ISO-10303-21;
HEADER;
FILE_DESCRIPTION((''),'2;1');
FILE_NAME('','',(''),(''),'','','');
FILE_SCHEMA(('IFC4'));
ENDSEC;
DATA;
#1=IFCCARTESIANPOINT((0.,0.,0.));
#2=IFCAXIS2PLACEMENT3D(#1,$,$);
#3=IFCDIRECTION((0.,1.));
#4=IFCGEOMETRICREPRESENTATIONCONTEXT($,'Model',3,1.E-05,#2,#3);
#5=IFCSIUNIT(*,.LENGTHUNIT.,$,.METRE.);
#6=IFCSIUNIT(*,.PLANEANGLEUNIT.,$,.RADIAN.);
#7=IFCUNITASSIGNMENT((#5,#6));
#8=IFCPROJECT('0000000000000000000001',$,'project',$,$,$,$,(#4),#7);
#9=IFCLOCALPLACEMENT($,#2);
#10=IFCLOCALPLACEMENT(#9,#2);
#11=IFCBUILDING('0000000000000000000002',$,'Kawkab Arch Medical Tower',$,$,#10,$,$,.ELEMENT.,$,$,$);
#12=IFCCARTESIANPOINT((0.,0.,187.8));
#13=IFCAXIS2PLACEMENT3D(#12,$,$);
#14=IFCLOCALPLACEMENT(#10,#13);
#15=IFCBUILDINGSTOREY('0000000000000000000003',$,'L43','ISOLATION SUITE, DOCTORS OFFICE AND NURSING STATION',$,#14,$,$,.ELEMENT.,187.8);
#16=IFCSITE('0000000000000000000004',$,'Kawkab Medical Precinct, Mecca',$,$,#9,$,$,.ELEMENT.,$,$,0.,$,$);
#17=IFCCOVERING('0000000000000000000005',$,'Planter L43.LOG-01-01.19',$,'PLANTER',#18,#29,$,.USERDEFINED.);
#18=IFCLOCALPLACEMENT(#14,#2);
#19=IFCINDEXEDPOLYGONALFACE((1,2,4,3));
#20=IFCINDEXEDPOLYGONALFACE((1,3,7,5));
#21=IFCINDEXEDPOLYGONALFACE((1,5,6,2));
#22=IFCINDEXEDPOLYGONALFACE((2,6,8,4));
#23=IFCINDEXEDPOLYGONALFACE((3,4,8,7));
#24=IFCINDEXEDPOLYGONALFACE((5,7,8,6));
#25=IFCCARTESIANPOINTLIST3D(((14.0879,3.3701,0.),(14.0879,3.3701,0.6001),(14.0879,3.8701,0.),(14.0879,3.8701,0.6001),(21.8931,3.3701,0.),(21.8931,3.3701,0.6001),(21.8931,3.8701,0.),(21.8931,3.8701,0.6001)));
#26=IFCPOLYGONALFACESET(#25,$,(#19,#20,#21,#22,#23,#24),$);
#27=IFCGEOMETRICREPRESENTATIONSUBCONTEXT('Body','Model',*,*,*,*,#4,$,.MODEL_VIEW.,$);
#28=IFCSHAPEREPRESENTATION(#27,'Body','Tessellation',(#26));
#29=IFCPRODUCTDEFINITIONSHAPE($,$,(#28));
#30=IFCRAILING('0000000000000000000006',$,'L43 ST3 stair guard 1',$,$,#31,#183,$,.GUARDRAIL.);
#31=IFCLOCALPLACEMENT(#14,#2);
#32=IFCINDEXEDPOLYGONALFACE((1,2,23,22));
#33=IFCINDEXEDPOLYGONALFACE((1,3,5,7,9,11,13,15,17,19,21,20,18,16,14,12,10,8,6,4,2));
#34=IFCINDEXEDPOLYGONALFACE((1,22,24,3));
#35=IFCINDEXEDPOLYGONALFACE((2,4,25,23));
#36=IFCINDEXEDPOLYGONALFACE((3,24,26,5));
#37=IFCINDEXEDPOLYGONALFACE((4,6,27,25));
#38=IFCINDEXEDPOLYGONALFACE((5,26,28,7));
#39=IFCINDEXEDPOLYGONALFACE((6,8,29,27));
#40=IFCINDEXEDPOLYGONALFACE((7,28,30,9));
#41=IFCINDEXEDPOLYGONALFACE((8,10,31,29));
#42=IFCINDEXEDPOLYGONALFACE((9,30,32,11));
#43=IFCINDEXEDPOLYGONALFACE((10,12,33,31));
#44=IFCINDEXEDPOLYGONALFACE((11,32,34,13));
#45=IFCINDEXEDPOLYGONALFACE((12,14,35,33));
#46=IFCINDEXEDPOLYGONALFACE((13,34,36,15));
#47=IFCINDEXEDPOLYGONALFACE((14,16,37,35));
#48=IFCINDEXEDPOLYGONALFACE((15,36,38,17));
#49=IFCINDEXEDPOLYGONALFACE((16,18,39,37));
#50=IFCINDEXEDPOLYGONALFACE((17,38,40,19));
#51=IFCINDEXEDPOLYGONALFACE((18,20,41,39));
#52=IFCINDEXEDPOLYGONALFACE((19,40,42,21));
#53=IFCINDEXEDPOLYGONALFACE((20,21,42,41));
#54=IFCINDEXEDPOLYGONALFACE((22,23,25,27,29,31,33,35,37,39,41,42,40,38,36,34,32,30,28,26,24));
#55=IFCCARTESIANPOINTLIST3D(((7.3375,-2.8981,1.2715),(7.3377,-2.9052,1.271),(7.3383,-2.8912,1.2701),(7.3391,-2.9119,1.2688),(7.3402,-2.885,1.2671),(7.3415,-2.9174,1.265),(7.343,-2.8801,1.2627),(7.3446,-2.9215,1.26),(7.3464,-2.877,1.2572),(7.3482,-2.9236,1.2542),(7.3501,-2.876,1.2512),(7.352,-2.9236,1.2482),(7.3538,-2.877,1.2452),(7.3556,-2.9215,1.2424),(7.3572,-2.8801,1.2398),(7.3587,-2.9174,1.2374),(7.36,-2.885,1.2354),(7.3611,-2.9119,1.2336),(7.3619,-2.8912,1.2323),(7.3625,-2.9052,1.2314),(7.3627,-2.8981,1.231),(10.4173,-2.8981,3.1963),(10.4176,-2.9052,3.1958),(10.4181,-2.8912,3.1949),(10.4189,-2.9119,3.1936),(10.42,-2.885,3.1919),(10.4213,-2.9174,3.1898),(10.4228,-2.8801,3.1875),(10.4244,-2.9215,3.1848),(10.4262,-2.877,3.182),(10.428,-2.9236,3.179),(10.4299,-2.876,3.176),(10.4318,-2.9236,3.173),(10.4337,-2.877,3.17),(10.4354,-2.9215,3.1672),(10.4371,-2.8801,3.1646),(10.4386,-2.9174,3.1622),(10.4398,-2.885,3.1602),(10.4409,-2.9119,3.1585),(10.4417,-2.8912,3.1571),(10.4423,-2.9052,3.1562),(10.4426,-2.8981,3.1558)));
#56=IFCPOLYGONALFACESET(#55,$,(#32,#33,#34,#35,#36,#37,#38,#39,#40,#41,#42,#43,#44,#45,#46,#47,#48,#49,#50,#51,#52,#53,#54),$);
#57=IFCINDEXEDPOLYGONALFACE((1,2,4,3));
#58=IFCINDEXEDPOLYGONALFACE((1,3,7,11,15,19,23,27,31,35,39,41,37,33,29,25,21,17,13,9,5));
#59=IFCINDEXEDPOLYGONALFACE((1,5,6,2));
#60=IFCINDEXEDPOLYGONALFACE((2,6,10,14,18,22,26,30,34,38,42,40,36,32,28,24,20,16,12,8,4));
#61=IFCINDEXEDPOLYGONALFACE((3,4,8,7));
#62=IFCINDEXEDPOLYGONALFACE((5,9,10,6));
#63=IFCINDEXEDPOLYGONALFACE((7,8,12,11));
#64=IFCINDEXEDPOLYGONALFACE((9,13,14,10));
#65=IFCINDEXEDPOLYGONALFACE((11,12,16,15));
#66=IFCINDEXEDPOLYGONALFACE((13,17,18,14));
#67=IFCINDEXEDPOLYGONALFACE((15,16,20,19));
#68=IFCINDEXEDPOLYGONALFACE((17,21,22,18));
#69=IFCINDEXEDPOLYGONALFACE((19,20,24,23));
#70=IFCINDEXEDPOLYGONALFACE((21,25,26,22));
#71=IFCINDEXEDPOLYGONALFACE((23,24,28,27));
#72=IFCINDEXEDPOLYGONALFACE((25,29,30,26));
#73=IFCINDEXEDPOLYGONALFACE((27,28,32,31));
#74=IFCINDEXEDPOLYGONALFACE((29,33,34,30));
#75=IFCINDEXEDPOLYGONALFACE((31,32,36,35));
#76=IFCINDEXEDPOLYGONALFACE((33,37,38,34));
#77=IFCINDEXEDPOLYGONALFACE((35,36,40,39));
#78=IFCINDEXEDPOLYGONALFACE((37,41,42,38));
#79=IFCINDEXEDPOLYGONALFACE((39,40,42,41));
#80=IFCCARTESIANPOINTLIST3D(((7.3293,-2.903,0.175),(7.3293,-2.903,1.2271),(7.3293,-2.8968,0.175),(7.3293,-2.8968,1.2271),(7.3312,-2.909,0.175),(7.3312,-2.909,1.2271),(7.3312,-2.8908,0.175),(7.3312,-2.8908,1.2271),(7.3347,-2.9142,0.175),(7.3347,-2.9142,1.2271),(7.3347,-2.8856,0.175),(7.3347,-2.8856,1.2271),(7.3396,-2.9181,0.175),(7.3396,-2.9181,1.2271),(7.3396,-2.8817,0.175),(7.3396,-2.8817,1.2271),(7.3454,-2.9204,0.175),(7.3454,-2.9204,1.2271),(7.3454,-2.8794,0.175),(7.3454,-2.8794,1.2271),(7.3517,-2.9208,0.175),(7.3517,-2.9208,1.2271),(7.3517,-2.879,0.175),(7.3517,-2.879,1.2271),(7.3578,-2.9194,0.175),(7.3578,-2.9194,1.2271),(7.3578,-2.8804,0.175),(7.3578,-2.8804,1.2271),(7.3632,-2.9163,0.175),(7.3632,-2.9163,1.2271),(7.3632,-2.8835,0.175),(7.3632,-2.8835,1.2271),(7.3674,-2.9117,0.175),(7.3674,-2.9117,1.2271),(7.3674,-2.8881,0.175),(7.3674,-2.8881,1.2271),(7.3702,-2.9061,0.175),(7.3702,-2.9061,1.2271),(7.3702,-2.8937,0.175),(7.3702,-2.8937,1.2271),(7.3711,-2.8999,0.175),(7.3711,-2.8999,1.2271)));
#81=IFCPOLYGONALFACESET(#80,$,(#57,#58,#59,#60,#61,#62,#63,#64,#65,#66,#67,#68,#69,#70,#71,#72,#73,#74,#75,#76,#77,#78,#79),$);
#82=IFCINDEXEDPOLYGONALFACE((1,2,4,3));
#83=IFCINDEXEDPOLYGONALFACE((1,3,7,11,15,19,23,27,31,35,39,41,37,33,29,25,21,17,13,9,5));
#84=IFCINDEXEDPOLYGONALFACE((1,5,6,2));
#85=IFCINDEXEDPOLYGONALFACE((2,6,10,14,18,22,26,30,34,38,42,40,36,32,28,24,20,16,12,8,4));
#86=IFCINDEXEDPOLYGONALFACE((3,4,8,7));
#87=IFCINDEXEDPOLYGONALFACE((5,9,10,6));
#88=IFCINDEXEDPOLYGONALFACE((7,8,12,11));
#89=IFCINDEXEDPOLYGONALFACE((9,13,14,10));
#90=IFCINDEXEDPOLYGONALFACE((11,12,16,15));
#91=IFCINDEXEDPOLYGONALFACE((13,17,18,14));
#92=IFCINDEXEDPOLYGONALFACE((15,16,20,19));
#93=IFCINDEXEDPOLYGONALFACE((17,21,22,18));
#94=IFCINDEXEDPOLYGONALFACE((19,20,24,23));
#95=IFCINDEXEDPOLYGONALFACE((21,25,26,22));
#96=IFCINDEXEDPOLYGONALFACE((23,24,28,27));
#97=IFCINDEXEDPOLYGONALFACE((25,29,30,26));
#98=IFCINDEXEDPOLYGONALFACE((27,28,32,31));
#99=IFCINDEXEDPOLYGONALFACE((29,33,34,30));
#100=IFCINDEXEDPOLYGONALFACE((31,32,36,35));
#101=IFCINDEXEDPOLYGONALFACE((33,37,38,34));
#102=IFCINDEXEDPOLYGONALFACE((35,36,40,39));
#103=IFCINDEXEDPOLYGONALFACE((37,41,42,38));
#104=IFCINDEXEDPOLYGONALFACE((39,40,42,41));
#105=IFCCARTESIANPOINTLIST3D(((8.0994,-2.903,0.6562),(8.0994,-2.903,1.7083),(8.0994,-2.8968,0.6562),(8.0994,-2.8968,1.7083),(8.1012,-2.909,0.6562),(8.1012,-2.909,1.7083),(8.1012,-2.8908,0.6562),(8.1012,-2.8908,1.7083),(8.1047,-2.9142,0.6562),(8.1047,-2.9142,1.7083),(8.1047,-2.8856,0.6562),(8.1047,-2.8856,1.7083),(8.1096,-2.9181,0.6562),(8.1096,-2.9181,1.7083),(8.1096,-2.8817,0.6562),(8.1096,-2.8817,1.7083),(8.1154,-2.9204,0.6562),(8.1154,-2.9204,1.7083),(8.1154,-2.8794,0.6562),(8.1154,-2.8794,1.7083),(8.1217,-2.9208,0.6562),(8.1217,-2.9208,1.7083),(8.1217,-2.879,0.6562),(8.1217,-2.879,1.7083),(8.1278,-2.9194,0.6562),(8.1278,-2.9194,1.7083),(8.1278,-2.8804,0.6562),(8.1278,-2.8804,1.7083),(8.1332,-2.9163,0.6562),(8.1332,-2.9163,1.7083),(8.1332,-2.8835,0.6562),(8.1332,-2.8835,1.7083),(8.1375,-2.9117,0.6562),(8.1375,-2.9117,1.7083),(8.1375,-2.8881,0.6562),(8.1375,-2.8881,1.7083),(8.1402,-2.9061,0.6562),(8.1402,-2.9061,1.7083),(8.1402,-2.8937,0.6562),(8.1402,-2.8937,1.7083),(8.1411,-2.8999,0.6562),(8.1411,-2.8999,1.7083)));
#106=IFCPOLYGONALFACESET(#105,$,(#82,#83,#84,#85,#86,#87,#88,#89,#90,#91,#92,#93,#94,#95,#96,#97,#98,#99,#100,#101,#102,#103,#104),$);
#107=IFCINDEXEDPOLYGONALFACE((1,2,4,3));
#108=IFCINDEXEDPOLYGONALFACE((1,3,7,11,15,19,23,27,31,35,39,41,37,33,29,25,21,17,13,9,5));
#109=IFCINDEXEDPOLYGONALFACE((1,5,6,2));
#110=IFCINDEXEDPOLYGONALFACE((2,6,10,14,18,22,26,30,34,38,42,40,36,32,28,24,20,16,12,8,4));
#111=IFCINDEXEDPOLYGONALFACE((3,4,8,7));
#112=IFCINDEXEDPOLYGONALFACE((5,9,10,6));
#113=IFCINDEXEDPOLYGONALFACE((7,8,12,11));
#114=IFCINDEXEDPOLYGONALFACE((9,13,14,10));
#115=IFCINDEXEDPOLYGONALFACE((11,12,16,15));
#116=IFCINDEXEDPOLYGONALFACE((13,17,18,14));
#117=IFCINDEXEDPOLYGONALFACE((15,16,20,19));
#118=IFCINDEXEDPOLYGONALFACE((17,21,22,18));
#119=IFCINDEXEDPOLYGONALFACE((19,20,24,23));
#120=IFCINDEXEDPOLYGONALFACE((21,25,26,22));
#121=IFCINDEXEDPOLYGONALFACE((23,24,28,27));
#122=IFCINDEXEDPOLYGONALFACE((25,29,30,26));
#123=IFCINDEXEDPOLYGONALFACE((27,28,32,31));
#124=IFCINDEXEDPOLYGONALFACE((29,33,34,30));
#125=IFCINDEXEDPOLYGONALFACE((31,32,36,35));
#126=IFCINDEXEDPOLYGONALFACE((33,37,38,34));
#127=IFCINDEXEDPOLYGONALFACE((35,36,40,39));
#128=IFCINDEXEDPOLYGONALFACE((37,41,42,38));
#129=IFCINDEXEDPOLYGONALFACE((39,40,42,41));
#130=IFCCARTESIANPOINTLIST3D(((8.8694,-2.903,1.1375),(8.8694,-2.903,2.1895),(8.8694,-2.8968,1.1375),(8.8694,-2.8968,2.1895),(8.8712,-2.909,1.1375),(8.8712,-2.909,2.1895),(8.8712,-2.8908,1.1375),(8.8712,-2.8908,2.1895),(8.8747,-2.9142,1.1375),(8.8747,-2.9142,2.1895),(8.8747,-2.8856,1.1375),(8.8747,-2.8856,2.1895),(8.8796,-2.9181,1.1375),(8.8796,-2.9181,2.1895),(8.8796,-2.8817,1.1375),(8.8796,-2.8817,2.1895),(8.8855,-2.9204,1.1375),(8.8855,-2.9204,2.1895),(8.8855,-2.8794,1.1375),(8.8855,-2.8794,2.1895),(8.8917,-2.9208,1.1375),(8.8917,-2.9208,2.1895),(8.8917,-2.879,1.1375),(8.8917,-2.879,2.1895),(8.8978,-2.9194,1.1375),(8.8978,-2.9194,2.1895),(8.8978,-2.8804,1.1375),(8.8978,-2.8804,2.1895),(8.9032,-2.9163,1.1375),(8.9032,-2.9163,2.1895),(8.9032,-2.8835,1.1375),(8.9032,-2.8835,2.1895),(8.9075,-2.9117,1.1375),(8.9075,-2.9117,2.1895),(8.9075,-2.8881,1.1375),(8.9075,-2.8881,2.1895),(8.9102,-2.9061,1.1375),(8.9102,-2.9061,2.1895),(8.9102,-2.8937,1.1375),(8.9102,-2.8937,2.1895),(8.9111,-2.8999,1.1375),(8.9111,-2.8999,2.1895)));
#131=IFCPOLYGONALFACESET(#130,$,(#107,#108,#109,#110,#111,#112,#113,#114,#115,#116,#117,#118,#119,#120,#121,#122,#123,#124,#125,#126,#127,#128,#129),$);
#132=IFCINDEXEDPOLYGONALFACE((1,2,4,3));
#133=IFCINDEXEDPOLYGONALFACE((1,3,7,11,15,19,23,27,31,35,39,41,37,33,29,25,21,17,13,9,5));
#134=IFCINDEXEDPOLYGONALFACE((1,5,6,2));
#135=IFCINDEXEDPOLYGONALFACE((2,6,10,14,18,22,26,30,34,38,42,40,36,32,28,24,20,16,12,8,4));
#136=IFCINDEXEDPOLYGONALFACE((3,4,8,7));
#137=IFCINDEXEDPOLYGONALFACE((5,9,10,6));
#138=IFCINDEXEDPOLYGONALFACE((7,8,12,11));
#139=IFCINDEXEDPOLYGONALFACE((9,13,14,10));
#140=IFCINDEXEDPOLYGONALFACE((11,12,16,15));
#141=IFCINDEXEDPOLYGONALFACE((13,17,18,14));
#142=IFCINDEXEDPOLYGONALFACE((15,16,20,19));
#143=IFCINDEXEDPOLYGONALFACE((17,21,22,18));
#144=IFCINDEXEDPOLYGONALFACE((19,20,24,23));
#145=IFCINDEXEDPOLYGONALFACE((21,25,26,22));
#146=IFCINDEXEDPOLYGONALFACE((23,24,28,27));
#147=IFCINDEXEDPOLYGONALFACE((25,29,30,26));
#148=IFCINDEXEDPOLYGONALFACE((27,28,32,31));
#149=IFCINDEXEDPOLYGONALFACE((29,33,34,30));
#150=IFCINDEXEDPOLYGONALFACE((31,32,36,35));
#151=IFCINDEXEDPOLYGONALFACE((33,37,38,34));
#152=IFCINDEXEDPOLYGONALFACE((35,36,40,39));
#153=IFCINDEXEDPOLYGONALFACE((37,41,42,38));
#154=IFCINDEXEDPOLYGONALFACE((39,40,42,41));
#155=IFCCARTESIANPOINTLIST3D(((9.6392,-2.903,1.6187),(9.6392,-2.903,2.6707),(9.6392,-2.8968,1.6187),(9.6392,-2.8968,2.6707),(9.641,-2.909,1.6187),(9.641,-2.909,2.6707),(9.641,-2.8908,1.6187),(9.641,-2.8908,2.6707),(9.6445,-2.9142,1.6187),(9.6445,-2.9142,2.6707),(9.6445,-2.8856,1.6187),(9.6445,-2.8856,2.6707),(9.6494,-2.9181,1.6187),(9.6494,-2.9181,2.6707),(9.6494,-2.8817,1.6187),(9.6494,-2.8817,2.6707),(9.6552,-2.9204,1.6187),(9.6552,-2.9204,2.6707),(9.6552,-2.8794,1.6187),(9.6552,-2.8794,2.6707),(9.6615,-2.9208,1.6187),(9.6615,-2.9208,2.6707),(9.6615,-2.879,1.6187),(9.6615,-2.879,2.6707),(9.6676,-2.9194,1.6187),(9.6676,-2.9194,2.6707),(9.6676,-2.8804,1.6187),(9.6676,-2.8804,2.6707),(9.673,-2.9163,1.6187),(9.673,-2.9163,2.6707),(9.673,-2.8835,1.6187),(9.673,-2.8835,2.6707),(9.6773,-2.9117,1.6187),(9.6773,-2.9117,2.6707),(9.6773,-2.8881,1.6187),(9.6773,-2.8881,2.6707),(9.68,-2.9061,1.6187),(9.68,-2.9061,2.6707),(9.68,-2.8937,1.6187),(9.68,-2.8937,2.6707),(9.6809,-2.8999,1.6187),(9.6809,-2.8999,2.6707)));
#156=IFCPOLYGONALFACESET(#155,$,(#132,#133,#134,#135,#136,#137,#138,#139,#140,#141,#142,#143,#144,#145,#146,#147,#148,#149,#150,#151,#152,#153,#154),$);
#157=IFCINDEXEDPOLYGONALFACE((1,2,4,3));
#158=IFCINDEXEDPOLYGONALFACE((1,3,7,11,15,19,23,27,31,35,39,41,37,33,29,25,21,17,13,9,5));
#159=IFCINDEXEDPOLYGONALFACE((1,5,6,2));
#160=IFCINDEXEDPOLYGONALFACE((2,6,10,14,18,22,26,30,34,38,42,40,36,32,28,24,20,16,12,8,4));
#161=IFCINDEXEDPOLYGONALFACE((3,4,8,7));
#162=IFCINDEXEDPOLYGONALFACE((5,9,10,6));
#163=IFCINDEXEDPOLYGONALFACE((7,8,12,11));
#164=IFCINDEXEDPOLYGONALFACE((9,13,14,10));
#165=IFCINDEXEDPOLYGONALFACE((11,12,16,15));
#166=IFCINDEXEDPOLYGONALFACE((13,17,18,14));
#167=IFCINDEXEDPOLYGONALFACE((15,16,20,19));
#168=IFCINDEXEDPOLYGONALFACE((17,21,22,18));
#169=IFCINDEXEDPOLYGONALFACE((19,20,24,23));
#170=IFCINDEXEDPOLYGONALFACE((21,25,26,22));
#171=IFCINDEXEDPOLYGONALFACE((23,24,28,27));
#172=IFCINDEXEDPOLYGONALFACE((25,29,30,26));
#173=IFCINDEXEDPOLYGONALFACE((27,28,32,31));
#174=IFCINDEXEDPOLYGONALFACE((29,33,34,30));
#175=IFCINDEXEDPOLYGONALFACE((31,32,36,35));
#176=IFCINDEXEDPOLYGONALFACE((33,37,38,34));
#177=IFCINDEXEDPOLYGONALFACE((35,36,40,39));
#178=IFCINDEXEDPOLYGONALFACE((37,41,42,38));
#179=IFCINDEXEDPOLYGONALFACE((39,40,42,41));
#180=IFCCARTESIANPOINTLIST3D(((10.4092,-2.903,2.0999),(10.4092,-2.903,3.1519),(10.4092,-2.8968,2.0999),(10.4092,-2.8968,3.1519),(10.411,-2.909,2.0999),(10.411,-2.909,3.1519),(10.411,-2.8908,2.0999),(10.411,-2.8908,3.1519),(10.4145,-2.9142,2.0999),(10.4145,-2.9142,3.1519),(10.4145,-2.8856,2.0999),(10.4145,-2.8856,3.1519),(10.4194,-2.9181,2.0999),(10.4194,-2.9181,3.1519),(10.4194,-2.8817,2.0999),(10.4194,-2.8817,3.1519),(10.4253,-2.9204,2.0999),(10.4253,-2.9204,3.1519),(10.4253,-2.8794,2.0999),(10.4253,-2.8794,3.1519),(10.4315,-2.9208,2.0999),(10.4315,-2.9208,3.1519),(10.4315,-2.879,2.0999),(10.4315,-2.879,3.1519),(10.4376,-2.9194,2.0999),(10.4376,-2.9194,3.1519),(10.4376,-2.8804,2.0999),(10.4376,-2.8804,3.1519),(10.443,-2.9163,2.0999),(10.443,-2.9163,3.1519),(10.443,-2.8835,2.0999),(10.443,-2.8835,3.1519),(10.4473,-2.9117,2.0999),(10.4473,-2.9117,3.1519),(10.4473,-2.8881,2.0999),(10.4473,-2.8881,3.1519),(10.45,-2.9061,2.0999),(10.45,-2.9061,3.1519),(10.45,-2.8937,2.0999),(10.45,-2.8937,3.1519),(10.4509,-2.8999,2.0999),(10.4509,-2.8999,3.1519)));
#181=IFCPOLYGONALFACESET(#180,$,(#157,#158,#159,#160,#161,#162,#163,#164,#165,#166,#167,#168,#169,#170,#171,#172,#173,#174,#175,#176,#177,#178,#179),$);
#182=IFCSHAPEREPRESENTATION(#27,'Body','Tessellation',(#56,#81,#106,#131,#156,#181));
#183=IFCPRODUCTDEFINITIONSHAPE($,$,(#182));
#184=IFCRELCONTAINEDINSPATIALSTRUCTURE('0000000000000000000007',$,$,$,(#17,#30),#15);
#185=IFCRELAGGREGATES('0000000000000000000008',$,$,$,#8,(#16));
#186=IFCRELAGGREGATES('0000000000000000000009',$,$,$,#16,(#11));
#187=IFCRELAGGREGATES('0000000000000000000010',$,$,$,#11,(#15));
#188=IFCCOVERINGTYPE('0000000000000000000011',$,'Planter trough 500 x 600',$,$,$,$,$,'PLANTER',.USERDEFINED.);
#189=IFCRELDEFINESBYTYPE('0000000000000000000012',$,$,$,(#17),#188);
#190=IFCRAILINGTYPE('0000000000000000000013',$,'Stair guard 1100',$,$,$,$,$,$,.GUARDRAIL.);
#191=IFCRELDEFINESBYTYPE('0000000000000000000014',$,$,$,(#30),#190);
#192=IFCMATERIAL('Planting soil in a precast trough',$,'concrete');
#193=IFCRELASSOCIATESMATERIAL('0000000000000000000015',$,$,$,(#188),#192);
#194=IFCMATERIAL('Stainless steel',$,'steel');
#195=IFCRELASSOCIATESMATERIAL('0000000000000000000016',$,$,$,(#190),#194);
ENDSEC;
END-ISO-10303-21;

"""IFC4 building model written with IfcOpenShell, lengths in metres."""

from ifc_helpers import new_model, si_unit, direction, frame, origin, origin_2d, place, context, subcontext, project, spatial, rectangle, circle, extrude, material, material_profile, profile_set, type_object, element, save


model = new_model("IFC4")

# Units and contexts
model_context = context("Model", 3, precision=1e-05, world=origin(), true_north=direction((0.0, 1.0)))
body_context = subcontext(model_context, "Body", "Model", "MODEL_VIEW")
ifc_project = project(units=[si_unit("LENGTHUNIT", "METRE"), si_unit("PLANEANGLEUNIT", "RADIAN")], contexts=[model_context])

# Site, building, storey
site_placement = place(None, origin())
site = spatial("IfcSite", under=ifc_project, at=site_placement, Name="Kawkab Medical Precinct, Mecca", CompositionType="ELEMENT", RefElevation=0.0)
building_placement = place(site_placement, origin())
building = spatial("IfcBuilding", under=site, at=building_placement, Name="Kawkab Arch Medical Tower", CompositionType="ELEMENT")
storey_placement = place(building_placement, frame((0.0, 0.0, 187.8)))
storey = spatial("IfcBuildingStorey", under=building, at=storey_placement, Name="L43", Description="ISOLATION SUITE, DOCTORS OFFICE AND NURSING STATION", CompositionType="ELEMENT", Elevation=187.8)

# Covering
ifc_material_1 = material(Name="Planting soil in a precast trough", Category="concrete")
ifc_material_profile_1 = material_profile(ifc_material_1, rectangle(XDim=0.5, YDim=0.6001, at=origin_2d()), Name="Trough 500x600")
ifc_profile_set_1 = profile_set([ifc_material_profile_1], Name="Planting soil in a precast trough")
covering_type_1 = type_object("IfcCoveringType", Name="Planter trough 500 x 600", ElementType="PLANTER", PredefinedType="USERDEFINED", material=ifc_profile_set_1)
covering_1_placement = place(storey_placement, frame((14.0879, 3.6201, 0.3), z_axis=(1.0, 0.0, 0.0), x_axis=(0.0, 1.0, 0.0)))
element("IfcCovering", 1, at=covering_1_placement, inside=storey, type_object=covering_type_1, Name="Planter L43.LOG-01-01.19", ObjectType="PLANTER", PredefinedType="USERDEFINED", context=body_context, shape_type="SweptSolid", body=[
    extrude(rectangle(XDim=0.5, YDim=0.6001, at=origin_2d()), origin(), (0.0, 0.0, 1.0), 7.8052),
])

# Railing
ifc_material_2 = material(Name="Stainless steel", Category="steel")
railing_type_1 = type_object("IfcRailingType", Name="Stair guard 1100", PredefinedType="GUARDRAIL", material=ifc_material_2)
railing_1_placement = place(storey_placement, frame((7.3501, -2.8999, 0.175)))
element("IfcRailing", 2, at=railing_1_placement, inside=storey, type_object=railing_type_1, Name="L43 ST3 stair guard 1", PredefinedType="GUARDRAIL", context=body_context, shape_type="SweptSolid", body=[
    extrude(circle(Radius=0.0239, at=origin_2d()), frame((0.0, 0.0, 1.0762), z_axis=(0.84801, 0.0, 0.529981), x_axis=(0.0, 1.0, 0.0)), (0.0, 0.0, 1.0), 3.6318),
    extrude(circle(Radius=0.021, at=origin_2d()), origin(), (0.0, 0.0, 1.0), 1.052),
    extrude(circle(Radius=0.021, at=origin_2d()), frame((0.77, 0.0, 0.4812)), (0.0, 0.0, 1.0), 1.052),
    extrude(circle(Radius=0.021, at=origin_2d()), frame((1.54, 0.0, 0.9624)), (0.0, 0.0, 1.0), 1.052),
    extrude(circle(Radius=0.021, at=origin_2d()), frame((2.3098, 0.0, 1.4436)), (0.0, 0.0, 1.0), 1.052),
    extrude(circle(Radius=0.021, at=origin_2d()), frame((3.0798, 0.0, 1.9248)), (0.0, 0.0, 1.0), 1.052),
])

save(model, "model.ifc")
